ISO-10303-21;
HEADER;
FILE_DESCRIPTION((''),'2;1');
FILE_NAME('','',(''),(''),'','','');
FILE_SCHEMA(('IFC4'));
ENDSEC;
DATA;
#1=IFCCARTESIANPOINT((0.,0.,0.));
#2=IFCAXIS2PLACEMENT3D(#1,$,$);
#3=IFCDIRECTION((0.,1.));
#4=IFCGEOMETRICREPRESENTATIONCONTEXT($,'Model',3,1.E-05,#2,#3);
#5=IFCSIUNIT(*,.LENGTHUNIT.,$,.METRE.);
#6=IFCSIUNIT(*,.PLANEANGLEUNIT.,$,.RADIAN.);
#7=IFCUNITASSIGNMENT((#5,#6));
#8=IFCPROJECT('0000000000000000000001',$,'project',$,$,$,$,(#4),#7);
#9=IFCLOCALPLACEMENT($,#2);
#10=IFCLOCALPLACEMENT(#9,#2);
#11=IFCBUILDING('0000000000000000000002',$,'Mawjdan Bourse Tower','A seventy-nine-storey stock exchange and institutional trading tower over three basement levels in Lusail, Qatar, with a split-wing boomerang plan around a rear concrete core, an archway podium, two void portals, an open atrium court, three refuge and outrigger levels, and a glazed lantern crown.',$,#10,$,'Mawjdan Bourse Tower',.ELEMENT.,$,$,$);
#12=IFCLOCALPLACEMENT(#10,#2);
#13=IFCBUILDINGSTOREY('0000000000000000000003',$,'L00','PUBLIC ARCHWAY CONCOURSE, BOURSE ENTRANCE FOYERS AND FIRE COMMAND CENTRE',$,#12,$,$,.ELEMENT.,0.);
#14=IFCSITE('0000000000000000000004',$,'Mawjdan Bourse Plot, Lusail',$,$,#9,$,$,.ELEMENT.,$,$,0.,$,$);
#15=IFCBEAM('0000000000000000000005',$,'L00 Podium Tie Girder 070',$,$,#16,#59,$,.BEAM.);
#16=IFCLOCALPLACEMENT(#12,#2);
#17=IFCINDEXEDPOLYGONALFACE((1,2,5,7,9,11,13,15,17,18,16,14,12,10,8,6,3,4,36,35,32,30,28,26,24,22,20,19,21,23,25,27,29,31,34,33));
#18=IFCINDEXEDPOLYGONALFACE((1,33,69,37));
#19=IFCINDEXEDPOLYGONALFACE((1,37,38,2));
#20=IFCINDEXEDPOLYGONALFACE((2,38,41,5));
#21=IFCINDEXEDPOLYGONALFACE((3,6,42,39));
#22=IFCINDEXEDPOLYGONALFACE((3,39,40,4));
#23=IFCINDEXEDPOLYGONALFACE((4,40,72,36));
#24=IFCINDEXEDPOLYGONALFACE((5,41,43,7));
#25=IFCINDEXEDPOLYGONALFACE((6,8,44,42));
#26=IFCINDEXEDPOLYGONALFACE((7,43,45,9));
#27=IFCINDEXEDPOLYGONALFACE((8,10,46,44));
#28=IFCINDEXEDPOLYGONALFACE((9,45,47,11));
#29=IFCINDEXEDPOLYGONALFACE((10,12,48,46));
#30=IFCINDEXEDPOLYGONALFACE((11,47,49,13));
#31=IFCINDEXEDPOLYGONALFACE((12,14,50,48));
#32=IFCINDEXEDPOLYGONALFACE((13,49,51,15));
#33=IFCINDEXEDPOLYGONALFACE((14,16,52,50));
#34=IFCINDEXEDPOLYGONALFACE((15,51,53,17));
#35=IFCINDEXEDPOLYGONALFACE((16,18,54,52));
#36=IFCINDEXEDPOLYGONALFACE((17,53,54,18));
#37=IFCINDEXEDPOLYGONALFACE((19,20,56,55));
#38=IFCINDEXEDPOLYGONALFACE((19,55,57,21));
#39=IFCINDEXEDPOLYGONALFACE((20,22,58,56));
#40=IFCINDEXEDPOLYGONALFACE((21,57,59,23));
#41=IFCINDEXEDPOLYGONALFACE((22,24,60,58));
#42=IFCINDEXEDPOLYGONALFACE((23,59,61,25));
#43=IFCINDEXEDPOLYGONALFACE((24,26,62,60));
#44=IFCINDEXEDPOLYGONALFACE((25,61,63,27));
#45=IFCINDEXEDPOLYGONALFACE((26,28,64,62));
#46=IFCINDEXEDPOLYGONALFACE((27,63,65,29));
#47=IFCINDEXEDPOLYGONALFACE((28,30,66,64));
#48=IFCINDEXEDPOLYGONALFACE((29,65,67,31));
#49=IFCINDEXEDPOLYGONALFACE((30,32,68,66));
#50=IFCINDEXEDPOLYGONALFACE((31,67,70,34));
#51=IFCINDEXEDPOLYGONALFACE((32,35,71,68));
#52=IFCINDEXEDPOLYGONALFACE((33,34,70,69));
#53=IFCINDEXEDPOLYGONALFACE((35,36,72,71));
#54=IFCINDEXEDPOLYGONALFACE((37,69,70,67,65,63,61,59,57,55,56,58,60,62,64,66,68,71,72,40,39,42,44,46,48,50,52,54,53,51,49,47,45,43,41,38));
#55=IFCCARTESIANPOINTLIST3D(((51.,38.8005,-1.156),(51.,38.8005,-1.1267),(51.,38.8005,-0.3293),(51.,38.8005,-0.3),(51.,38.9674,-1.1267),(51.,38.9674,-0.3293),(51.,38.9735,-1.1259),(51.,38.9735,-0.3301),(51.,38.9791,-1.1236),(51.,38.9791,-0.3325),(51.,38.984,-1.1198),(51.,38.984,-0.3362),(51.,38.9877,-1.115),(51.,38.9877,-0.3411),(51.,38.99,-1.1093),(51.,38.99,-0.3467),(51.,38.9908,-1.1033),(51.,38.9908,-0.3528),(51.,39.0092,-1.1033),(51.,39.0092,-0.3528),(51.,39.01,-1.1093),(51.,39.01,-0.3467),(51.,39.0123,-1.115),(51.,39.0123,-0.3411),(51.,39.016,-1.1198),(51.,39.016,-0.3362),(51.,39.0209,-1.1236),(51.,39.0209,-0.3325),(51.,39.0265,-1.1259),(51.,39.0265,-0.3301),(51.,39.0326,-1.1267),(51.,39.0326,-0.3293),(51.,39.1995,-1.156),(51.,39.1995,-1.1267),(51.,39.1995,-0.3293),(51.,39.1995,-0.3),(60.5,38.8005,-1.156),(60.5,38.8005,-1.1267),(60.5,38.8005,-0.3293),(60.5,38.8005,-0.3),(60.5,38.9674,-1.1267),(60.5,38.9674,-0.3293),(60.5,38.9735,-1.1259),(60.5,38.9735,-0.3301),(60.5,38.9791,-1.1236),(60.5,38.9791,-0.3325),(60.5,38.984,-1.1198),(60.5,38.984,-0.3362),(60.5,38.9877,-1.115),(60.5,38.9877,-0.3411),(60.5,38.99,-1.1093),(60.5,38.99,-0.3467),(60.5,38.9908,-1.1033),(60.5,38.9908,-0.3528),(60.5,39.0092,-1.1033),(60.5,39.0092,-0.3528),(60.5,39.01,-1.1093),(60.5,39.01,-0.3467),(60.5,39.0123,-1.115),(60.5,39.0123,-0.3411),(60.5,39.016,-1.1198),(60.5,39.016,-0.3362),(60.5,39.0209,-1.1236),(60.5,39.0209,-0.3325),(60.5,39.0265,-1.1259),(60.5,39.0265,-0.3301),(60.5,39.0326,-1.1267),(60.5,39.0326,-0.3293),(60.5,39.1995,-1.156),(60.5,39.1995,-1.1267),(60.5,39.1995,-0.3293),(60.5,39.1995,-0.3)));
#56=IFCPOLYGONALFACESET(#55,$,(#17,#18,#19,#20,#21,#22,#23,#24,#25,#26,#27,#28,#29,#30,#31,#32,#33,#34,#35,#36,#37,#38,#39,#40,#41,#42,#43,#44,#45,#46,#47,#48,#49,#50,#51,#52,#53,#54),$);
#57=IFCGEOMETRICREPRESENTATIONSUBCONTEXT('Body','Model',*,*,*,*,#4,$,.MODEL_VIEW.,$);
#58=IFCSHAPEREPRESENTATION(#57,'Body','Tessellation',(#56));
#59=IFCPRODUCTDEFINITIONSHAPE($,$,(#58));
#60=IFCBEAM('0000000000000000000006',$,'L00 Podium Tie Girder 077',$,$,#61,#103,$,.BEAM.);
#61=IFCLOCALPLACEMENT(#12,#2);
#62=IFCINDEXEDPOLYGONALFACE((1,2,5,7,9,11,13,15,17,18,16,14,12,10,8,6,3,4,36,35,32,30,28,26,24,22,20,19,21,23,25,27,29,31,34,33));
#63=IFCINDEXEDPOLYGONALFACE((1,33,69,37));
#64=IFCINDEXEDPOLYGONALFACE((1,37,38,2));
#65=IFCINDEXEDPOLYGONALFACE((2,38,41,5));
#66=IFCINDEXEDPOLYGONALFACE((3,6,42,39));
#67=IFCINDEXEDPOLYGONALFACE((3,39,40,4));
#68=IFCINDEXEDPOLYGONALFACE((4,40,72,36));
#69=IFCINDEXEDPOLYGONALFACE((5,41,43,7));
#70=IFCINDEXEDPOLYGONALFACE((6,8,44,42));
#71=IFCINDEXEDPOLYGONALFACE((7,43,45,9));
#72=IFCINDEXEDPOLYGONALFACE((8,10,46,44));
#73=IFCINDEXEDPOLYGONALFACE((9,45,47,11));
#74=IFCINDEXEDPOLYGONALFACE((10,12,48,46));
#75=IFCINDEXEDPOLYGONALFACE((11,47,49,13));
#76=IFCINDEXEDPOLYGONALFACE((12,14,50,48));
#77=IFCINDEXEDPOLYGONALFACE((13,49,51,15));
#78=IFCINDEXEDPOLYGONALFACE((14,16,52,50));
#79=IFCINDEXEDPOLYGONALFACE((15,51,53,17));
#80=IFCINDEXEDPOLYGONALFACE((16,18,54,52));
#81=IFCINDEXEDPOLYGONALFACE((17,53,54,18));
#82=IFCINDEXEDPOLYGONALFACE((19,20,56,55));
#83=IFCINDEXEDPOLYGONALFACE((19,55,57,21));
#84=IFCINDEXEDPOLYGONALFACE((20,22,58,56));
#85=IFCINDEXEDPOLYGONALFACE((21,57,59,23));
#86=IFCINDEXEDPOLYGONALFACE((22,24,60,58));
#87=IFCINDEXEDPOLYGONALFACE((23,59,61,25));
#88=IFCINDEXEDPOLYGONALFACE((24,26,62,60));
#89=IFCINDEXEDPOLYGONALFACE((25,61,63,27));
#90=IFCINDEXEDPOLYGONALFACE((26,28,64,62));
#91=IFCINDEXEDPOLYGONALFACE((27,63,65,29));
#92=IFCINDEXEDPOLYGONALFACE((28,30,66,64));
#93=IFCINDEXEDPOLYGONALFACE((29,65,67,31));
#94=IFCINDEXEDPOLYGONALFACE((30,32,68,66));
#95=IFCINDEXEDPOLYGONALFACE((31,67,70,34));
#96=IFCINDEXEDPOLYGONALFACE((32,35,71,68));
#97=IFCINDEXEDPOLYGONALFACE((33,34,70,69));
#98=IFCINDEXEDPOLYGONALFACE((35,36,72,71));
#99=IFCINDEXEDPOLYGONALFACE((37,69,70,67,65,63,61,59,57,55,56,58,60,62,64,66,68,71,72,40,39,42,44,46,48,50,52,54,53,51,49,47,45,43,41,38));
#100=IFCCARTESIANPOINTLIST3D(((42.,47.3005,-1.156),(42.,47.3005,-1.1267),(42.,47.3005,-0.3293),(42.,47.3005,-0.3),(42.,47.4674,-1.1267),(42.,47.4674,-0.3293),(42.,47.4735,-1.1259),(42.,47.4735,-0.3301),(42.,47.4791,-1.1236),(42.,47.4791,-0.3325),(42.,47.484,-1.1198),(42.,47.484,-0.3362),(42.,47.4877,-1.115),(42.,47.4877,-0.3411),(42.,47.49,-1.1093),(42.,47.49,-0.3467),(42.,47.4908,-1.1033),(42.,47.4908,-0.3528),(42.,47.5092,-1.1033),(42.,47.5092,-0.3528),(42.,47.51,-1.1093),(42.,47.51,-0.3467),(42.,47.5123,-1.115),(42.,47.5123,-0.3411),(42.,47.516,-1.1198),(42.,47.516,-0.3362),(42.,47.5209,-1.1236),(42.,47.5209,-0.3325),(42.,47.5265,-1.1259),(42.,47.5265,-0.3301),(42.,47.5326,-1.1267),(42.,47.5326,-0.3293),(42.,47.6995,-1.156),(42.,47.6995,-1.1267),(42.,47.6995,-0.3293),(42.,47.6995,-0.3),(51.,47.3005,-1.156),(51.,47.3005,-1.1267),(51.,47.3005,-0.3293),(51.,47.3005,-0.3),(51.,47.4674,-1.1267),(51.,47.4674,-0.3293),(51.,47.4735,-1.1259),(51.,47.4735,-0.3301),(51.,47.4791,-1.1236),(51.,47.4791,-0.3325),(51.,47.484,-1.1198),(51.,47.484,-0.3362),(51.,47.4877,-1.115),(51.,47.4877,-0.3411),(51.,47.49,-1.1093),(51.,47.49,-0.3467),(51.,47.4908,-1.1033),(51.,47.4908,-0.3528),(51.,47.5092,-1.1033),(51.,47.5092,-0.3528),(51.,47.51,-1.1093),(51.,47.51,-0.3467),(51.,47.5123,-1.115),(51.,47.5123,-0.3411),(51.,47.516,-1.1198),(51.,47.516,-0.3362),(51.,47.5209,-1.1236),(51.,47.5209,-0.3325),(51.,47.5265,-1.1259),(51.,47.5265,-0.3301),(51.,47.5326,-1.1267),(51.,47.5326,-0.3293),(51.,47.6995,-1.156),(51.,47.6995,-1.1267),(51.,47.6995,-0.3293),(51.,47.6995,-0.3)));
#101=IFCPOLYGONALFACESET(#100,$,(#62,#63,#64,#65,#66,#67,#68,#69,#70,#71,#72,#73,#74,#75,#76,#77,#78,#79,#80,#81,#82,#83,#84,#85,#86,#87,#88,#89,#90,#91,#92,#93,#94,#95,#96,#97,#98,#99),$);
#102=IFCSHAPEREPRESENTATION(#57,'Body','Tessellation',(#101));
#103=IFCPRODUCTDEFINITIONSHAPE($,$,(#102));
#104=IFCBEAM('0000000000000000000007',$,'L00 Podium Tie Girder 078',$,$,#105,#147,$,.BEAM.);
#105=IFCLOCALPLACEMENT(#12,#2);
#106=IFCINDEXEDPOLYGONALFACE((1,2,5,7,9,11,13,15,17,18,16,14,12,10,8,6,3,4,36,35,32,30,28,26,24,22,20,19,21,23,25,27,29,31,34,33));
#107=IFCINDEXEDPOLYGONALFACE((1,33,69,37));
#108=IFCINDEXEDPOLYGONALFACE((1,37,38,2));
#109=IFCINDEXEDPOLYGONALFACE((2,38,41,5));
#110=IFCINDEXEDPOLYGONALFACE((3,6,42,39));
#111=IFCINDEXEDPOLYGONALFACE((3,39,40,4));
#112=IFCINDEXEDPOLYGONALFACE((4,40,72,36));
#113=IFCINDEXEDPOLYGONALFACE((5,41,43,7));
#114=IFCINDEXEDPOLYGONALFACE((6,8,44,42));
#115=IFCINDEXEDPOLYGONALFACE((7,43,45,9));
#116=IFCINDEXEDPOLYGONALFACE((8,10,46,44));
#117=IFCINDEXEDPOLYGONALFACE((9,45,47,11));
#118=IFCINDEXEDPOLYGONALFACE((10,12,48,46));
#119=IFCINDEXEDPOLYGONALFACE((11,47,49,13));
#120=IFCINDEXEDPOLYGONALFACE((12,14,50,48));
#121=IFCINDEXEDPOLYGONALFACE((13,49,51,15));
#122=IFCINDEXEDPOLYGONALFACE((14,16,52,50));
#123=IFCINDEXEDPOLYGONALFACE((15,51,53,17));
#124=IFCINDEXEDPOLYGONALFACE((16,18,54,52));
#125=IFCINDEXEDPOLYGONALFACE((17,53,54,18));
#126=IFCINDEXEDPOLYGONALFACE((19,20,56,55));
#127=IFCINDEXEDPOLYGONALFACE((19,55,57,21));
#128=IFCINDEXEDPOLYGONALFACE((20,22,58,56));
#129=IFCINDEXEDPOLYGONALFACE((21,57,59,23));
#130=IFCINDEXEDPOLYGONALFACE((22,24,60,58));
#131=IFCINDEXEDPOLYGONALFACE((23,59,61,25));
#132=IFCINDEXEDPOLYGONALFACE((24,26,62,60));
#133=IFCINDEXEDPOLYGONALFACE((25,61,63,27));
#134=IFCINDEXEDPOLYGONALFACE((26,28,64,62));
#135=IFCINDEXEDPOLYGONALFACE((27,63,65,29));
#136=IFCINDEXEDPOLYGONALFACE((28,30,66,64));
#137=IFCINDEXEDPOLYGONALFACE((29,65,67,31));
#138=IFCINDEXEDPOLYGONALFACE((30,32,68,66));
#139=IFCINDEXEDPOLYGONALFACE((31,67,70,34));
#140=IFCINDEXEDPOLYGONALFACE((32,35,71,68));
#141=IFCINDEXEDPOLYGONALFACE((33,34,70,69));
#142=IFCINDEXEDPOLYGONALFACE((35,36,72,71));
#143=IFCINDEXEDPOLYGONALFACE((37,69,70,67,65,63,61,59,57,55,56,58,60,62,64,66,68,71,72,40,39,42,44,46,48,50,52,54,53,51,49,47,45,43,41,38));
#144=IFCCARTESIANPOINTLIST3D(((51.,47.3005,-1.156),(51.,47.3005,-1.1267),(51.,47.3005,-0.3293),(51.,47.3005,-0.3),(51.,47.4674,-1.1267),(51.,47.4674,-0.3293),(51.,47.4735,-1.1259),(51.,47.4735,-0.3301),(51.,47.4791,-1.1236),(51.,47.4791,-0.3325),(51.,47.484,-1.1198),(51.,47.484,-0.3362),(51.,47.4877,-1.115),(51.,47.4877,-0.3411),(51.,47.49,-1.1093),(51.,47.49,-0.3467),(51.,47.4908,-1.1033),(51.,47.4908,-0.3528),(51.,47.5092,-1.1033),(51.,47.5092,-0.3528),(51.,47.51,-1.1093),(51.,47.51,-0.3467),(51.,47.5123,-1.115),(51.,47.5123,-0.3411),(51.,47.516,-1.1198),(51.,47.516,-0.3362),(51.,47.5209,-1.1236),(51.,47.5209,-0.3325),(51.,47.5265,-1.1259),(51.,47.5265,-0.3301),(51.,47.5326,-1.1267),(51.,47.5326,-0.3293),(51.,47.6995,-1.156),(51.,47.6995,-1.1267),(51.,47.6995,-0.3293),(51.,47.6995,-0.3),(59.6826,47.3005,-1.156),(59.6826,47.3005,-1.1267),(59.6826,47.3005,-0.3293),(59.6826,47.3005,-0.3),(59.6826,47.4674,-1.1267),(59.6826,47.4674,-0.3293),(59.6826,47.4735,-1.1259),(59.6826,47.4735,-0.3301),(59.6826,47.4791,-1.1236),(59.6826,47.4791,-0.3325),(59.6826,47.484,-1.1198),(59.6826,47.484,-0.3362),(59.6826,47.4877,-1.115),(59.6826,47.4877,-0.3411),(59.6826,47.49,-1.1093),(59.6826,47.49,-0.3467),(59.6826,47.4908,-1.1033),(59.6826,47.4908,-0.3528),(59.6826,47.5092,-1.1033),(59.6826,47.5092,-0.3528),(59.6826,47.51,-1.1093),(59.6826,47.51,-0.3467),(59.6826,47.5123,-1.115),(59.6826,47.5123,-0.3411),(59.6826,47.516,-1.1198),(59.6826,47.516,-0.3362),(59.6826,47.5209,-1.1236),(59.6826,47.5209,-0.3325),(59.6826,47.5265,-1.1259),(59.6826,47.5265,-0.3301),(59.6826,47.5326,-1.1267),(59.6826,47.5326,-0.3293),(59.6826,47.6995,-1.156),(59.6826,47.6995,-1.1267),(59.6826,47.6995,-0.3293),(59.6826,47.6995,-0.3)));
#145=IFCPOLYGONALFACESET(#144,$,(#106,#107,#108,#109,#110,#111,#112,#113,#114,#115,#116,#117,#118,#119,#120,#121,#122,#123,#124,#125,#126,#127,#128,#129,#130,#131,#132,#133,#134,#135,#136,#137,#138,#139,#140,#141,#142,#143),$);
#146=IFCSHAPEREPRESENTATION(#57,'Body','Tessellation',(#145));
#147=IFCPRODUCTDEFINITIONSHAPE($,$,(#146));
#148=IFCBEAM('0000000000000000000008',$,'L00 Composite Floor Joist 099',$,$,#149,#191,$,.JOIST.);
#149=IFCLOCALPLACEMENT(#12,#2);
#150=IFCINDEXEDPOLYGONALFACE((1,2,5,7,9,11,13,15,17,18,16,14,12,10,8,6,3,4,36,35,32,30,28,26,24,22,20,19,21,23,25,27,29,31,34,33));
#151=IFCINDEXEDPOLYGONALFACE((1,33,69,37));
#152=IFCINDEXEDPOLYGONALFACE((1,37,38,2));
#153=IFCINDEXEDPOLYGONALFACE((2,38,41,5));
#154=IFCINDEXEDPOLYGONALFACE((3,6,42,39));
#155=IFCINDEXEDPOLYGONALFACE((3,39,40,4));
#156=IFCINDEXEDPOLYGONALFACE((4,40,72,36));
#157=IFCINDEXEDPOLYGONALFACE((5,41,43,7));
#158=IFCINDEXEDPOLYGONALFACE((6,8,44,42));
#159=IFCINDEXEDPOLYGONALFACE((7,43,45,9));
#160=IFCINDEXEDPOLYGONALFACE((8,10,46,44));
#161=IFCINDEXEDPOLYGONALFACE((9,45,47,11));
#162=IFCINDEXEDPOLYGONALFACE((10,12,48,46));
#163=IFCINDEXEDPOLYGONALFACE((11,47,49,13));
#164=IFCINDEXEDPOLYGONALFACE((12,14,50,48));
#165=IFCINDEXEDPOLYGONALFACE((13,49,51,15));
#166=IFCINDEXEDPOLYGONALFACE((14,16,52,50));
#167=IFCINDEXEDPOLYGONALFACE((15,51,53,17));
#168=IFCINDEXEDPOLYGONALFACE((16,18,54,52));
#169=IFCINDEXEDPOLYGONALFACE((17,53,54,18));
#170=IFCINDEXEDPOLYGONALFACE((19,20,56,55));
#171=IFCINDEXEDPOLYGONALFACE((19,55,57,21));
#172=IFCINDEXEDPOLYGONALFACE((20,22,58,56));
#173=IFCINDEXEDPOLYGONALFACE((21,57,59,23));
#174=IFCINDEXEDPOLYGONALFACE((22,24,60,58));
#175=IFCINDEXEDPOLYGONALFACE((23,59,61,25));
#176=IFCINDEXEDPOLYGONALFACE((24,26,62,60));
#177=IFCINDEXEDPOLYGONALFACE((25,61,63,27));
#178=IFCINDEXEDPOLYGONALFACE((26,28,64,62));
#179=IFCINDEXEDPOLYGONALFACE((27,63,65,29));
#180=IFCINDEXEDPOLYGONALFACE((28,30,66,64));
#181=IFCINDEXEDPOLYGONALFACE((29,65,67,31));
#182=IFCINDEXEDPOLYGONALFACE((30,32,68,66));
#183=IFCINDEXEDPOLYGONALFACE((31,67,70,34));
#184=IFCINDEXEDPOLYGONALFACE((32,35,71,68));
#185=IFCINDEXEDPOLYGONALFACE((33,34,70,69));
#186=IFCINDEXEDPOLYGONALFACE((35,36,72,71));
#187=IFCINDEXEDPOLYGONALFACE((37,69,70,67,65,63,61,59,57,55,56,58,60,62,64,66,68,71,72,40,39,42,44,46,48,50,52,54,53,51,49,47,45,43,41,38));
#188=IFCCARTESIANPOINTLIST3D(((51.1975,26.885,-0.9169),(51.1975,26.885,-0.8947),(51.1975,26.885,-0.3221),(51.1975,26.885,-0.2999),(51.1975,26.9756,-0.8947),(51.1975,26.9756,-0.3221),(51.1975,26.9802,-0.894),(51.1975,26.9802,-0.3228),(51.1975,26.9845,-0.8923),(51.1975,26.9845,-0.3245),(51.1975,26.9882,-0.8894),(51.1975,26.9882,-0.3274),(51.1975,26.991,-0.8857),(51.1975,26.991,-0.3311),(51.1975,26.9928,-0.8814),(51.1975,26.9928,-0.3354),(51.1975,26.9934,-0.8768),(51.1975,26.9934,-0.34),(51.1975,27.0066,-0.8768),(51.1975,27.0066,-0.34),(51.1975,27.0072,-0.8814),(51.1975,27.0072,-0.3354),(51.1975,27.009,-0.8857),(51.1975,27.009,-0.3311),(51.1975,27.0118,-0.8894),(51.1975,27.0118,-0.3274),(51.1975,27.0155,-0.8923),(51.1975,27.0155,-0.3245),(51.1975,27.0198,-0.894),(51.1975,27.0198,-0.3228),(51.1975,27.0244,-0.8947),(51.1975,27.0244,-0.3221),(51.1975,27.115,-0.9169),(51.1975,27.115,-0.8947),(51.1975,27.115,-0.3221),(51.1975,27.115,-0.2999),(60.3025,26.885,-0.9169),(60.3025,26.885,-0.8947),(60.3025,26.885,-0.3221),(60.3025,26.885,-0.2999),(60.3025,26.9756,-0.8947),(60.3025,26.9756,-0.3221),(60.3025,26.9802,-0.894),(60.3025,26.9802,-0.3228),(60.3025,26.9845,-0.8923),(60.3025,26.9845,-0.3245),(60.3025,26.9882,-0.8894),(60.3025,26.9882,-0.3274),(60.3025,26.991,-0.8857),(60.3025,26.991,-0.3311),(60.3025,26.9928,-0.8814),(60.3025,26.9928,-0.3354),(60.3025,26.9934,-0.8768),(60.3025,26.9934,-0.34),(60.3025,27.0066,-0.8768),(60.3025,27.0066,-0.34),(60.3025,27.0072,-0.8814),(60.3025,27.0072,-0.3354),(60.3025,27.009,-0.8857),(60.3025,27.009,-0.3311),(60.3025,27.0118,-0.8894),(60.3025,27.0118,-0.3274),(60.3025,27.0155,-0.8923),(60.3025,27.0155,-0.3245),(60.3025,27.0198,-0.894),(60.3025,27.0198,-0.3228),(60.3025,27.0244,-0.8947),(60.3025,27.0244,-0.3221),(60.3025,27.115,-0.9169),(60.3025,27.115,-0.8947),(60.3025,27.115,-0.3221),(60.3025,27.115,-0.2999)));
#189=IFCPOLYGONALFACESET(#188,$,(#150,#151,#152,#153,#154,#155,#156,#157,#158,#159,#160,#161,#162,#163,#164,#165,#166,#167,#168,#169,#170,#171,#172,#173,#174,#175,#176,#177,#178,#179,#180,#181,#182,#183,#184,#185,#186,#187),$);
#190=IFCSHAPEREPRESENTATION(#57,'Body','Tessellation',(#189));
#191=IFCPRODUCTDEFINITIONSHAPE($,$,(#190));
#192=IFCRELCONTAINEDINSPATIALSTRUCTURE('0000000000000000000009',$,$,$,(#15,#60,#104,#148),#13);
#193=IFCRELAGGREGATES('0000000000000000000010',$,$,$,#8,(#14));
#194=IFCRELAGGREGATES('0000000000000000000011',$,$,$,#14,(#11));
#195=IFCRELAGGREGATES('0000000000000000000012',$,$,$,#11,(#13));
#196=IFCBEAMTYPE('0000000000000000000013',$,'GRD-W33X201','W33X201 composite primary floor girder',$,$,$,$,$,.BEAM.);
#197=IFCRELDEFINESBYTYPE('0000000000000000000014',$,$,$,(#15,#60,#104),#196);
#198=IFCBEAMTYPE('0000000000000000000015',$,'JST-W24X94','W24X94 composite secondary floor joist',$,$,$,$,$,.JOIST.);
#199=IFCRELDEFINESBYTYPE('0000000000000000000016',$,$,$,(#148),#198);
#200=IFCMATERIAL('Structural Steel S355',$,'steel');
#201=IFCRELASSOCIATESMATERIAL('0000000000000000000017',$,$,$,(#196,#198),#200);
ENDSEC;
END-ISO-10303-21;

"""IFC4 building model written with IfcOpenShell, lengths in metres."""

from ifc_helpers import new_model, si_unit, direction, frame, origin, origin_2d, place, context, subcontext, project, spatial, i_section, extrude, material, material_profile, profile_set, type_object, element, save


model = new_model("IFC4")

# Units and contexts
model_context = context("Model", 3, precision=1e-05, world=origin(), true_north=direction((0.0, 1.0)))
body_context = subcontext(model_context, "Body", "Model", "MODEL_VIEW")
ifc_project = project(units=[si_unit("LENGTHUNIT", "METRE"), si_unit("PLANEANGLEUNIT", "RADIAN")], contexts=[model_context])

# Site, building, storey
site_placement = place(None, origin())
site = spatial("IfcSite", under=ifc_project, at=site_placement, Name="Mawjdan Bourse Plot, Lusail", CompositionType="ELEMENT", RefElevation=0.0)
building_placement = place(site_placement, origin())
building = spatial("IfcBuilding", under=site, at=building_placement, Name="Mawjdan Bourse Tower", Description="A seventy-nine-storey stock exchange and institutional trading tower over three basement levels in Lusail, Qatar, with a split-wing boomerang plan around a rear concrete core, an archway podium, two void portals, an open atrium court, three refuge and outrigger levels, and a glazed lantern crown.", LongName="Mawjdan Bourse Tower", CompositionType="ELEMENT")
storey_placement = place(building_placement, origin())
storey = spatial("IfcBuildingStorey", under=building, at=storey_placement, Name="L00", Description="PUBLIC ARCHWAY CONCOURSE, BOURSE ENTRANCE FOYERS AND FIRE COMMAND CENTRE", CompositionType="ELEMENT", Elevation=0.0)

# Beams
ifc_material_1 = material(Name="Structural Steel S355", Category="steel")
ifc_material_profile_1 = material_profile(ifc_material_1, i_section(OverallWidth=0.3989, OverallDepth=0.856, WebThickness=0.0183, FlangeThickness=0.0293, FilletRadius=0.0234, at=origin_2d()), Name="W33X201")
ifc_profile_set_1 = profile_set([ifc_material_profile_1], Name="Structural Steel S355")
beam_type_1 = type_object("IfcBeamType", Name="GRD-W33X201", Description="W33X201 composite primary floor girder", PredefinedType="BEAM", material=ifc_profile_set_1)
beam_1_placement = place(storey_placement, frame((51.0, 39.0, -0.728), z_axis=(1.0, 0.0, 0.0), x_axis=(0.0, 1.0, 0.0)))
element("IfcBeam", 1, at=beam_1_placement, inside=storey, type_object=beam_type_1, Name="L00 Podium Tie Girder 070", PredefinedType="BEAM", context=body_context, shape_type="SweptSolid", body=[
    extrude(i_section(OverallWidth=0.3989, OverallDepth=0.856, WebThickness=0.0183, FlangeThickness=0.0293, FilletRadius=0.0234, at=origin_2d()), origin(), (0.0, 0.0, 1.0), 9.5),
])
beam_2_placement = place(storey_placement, frame((42.0, 47.5, -0.728), z_axis=(1.0, 0.0, 0.0), x_axis=(0.0, 1.0, 0.0)))
element("IfcBeam", 2, at=beam_2_placement, inside=storey, type_object=beam_type_1, Name="L00 Podium Tie Girder 077", PredefinedType="BEAM", context=body_context, shape_type="SweptSolid", body=[
    extrude(i_section(OverallWidth=0.3989, OverallDepth=0.856, WebThickness=0.0183, FlangeThickness=0.0293, FilletRadius=0.0234, at=origin_2d()), origin(), (0.0, 0.0, 1.0), 9.0),
])
beam_3_placement = place(storey_placement, frame((51.0, 47.5, -0.728), z_axis=(1.0, 0.0, 0.0), x_axis=(0.0, 1.0, 0.0)))
element("IfcBeam", 3, at=beam_3_placement, inside=storey, type_object=beam_type_1, Name="L00 Podium Tie Girder 078", PredefinedType="BEAM", context=body_context, shape_type="SweptSolid", body=[
    extrude(i_section(OverallWidth=0.3989, OverallDepth=0.856, WebThickness=0.0183, FlangeThickness=0.0293, FilletRadius=0.0234, at=origin_2d()), origin(), (0.0, 0.0, 1.0), 8.6826),
])
ifc_material_profile_2 = material_profile(ifc_material_1, i_section(OverallWidth=0.23, OverallDepth=0.6169, WebThickness=0.0132, FlangeThickness=0.0222, FilletRadius=0.0178, at=origin_2d()), Name="W24X94")
ifc_profile_set_2 = profile_set([ifc_material_profile_2], Name="Structural Steel S355")
beam_type_2 = type_object("IfcBeamType", Name="JST-W24X94", Description="W24X94 composite secondary floor joist", PredefinedType="JOIST", material=ifc_profile_set_2)
beam_4_placement = place(storey_placement, frame((51.1975, 27.0, -0.6084), z_axis=(1.0, 0.0, 0.0), x_axis=(0.0, 1.0, 0.0)))
element("IfcBeam", 4, at=beam_4_placement, inside=storey, type_object=beam_type_2, Name="L00 Composite Floor Joist 099", PredefinedType="JOIST", context=body_context, shape_type="SweptSolid", body=[
    extrude(i_section(OverallWidth=0.23, OverallDepth=0.6169, WebThickness=0.0132, FlangeThickness=0.0222, FilletRadius=0.0178, at=origin_2d()), origin(), (0.0, 0.0, 1.0), 9.105),
])

save(model, "model.ifc")
